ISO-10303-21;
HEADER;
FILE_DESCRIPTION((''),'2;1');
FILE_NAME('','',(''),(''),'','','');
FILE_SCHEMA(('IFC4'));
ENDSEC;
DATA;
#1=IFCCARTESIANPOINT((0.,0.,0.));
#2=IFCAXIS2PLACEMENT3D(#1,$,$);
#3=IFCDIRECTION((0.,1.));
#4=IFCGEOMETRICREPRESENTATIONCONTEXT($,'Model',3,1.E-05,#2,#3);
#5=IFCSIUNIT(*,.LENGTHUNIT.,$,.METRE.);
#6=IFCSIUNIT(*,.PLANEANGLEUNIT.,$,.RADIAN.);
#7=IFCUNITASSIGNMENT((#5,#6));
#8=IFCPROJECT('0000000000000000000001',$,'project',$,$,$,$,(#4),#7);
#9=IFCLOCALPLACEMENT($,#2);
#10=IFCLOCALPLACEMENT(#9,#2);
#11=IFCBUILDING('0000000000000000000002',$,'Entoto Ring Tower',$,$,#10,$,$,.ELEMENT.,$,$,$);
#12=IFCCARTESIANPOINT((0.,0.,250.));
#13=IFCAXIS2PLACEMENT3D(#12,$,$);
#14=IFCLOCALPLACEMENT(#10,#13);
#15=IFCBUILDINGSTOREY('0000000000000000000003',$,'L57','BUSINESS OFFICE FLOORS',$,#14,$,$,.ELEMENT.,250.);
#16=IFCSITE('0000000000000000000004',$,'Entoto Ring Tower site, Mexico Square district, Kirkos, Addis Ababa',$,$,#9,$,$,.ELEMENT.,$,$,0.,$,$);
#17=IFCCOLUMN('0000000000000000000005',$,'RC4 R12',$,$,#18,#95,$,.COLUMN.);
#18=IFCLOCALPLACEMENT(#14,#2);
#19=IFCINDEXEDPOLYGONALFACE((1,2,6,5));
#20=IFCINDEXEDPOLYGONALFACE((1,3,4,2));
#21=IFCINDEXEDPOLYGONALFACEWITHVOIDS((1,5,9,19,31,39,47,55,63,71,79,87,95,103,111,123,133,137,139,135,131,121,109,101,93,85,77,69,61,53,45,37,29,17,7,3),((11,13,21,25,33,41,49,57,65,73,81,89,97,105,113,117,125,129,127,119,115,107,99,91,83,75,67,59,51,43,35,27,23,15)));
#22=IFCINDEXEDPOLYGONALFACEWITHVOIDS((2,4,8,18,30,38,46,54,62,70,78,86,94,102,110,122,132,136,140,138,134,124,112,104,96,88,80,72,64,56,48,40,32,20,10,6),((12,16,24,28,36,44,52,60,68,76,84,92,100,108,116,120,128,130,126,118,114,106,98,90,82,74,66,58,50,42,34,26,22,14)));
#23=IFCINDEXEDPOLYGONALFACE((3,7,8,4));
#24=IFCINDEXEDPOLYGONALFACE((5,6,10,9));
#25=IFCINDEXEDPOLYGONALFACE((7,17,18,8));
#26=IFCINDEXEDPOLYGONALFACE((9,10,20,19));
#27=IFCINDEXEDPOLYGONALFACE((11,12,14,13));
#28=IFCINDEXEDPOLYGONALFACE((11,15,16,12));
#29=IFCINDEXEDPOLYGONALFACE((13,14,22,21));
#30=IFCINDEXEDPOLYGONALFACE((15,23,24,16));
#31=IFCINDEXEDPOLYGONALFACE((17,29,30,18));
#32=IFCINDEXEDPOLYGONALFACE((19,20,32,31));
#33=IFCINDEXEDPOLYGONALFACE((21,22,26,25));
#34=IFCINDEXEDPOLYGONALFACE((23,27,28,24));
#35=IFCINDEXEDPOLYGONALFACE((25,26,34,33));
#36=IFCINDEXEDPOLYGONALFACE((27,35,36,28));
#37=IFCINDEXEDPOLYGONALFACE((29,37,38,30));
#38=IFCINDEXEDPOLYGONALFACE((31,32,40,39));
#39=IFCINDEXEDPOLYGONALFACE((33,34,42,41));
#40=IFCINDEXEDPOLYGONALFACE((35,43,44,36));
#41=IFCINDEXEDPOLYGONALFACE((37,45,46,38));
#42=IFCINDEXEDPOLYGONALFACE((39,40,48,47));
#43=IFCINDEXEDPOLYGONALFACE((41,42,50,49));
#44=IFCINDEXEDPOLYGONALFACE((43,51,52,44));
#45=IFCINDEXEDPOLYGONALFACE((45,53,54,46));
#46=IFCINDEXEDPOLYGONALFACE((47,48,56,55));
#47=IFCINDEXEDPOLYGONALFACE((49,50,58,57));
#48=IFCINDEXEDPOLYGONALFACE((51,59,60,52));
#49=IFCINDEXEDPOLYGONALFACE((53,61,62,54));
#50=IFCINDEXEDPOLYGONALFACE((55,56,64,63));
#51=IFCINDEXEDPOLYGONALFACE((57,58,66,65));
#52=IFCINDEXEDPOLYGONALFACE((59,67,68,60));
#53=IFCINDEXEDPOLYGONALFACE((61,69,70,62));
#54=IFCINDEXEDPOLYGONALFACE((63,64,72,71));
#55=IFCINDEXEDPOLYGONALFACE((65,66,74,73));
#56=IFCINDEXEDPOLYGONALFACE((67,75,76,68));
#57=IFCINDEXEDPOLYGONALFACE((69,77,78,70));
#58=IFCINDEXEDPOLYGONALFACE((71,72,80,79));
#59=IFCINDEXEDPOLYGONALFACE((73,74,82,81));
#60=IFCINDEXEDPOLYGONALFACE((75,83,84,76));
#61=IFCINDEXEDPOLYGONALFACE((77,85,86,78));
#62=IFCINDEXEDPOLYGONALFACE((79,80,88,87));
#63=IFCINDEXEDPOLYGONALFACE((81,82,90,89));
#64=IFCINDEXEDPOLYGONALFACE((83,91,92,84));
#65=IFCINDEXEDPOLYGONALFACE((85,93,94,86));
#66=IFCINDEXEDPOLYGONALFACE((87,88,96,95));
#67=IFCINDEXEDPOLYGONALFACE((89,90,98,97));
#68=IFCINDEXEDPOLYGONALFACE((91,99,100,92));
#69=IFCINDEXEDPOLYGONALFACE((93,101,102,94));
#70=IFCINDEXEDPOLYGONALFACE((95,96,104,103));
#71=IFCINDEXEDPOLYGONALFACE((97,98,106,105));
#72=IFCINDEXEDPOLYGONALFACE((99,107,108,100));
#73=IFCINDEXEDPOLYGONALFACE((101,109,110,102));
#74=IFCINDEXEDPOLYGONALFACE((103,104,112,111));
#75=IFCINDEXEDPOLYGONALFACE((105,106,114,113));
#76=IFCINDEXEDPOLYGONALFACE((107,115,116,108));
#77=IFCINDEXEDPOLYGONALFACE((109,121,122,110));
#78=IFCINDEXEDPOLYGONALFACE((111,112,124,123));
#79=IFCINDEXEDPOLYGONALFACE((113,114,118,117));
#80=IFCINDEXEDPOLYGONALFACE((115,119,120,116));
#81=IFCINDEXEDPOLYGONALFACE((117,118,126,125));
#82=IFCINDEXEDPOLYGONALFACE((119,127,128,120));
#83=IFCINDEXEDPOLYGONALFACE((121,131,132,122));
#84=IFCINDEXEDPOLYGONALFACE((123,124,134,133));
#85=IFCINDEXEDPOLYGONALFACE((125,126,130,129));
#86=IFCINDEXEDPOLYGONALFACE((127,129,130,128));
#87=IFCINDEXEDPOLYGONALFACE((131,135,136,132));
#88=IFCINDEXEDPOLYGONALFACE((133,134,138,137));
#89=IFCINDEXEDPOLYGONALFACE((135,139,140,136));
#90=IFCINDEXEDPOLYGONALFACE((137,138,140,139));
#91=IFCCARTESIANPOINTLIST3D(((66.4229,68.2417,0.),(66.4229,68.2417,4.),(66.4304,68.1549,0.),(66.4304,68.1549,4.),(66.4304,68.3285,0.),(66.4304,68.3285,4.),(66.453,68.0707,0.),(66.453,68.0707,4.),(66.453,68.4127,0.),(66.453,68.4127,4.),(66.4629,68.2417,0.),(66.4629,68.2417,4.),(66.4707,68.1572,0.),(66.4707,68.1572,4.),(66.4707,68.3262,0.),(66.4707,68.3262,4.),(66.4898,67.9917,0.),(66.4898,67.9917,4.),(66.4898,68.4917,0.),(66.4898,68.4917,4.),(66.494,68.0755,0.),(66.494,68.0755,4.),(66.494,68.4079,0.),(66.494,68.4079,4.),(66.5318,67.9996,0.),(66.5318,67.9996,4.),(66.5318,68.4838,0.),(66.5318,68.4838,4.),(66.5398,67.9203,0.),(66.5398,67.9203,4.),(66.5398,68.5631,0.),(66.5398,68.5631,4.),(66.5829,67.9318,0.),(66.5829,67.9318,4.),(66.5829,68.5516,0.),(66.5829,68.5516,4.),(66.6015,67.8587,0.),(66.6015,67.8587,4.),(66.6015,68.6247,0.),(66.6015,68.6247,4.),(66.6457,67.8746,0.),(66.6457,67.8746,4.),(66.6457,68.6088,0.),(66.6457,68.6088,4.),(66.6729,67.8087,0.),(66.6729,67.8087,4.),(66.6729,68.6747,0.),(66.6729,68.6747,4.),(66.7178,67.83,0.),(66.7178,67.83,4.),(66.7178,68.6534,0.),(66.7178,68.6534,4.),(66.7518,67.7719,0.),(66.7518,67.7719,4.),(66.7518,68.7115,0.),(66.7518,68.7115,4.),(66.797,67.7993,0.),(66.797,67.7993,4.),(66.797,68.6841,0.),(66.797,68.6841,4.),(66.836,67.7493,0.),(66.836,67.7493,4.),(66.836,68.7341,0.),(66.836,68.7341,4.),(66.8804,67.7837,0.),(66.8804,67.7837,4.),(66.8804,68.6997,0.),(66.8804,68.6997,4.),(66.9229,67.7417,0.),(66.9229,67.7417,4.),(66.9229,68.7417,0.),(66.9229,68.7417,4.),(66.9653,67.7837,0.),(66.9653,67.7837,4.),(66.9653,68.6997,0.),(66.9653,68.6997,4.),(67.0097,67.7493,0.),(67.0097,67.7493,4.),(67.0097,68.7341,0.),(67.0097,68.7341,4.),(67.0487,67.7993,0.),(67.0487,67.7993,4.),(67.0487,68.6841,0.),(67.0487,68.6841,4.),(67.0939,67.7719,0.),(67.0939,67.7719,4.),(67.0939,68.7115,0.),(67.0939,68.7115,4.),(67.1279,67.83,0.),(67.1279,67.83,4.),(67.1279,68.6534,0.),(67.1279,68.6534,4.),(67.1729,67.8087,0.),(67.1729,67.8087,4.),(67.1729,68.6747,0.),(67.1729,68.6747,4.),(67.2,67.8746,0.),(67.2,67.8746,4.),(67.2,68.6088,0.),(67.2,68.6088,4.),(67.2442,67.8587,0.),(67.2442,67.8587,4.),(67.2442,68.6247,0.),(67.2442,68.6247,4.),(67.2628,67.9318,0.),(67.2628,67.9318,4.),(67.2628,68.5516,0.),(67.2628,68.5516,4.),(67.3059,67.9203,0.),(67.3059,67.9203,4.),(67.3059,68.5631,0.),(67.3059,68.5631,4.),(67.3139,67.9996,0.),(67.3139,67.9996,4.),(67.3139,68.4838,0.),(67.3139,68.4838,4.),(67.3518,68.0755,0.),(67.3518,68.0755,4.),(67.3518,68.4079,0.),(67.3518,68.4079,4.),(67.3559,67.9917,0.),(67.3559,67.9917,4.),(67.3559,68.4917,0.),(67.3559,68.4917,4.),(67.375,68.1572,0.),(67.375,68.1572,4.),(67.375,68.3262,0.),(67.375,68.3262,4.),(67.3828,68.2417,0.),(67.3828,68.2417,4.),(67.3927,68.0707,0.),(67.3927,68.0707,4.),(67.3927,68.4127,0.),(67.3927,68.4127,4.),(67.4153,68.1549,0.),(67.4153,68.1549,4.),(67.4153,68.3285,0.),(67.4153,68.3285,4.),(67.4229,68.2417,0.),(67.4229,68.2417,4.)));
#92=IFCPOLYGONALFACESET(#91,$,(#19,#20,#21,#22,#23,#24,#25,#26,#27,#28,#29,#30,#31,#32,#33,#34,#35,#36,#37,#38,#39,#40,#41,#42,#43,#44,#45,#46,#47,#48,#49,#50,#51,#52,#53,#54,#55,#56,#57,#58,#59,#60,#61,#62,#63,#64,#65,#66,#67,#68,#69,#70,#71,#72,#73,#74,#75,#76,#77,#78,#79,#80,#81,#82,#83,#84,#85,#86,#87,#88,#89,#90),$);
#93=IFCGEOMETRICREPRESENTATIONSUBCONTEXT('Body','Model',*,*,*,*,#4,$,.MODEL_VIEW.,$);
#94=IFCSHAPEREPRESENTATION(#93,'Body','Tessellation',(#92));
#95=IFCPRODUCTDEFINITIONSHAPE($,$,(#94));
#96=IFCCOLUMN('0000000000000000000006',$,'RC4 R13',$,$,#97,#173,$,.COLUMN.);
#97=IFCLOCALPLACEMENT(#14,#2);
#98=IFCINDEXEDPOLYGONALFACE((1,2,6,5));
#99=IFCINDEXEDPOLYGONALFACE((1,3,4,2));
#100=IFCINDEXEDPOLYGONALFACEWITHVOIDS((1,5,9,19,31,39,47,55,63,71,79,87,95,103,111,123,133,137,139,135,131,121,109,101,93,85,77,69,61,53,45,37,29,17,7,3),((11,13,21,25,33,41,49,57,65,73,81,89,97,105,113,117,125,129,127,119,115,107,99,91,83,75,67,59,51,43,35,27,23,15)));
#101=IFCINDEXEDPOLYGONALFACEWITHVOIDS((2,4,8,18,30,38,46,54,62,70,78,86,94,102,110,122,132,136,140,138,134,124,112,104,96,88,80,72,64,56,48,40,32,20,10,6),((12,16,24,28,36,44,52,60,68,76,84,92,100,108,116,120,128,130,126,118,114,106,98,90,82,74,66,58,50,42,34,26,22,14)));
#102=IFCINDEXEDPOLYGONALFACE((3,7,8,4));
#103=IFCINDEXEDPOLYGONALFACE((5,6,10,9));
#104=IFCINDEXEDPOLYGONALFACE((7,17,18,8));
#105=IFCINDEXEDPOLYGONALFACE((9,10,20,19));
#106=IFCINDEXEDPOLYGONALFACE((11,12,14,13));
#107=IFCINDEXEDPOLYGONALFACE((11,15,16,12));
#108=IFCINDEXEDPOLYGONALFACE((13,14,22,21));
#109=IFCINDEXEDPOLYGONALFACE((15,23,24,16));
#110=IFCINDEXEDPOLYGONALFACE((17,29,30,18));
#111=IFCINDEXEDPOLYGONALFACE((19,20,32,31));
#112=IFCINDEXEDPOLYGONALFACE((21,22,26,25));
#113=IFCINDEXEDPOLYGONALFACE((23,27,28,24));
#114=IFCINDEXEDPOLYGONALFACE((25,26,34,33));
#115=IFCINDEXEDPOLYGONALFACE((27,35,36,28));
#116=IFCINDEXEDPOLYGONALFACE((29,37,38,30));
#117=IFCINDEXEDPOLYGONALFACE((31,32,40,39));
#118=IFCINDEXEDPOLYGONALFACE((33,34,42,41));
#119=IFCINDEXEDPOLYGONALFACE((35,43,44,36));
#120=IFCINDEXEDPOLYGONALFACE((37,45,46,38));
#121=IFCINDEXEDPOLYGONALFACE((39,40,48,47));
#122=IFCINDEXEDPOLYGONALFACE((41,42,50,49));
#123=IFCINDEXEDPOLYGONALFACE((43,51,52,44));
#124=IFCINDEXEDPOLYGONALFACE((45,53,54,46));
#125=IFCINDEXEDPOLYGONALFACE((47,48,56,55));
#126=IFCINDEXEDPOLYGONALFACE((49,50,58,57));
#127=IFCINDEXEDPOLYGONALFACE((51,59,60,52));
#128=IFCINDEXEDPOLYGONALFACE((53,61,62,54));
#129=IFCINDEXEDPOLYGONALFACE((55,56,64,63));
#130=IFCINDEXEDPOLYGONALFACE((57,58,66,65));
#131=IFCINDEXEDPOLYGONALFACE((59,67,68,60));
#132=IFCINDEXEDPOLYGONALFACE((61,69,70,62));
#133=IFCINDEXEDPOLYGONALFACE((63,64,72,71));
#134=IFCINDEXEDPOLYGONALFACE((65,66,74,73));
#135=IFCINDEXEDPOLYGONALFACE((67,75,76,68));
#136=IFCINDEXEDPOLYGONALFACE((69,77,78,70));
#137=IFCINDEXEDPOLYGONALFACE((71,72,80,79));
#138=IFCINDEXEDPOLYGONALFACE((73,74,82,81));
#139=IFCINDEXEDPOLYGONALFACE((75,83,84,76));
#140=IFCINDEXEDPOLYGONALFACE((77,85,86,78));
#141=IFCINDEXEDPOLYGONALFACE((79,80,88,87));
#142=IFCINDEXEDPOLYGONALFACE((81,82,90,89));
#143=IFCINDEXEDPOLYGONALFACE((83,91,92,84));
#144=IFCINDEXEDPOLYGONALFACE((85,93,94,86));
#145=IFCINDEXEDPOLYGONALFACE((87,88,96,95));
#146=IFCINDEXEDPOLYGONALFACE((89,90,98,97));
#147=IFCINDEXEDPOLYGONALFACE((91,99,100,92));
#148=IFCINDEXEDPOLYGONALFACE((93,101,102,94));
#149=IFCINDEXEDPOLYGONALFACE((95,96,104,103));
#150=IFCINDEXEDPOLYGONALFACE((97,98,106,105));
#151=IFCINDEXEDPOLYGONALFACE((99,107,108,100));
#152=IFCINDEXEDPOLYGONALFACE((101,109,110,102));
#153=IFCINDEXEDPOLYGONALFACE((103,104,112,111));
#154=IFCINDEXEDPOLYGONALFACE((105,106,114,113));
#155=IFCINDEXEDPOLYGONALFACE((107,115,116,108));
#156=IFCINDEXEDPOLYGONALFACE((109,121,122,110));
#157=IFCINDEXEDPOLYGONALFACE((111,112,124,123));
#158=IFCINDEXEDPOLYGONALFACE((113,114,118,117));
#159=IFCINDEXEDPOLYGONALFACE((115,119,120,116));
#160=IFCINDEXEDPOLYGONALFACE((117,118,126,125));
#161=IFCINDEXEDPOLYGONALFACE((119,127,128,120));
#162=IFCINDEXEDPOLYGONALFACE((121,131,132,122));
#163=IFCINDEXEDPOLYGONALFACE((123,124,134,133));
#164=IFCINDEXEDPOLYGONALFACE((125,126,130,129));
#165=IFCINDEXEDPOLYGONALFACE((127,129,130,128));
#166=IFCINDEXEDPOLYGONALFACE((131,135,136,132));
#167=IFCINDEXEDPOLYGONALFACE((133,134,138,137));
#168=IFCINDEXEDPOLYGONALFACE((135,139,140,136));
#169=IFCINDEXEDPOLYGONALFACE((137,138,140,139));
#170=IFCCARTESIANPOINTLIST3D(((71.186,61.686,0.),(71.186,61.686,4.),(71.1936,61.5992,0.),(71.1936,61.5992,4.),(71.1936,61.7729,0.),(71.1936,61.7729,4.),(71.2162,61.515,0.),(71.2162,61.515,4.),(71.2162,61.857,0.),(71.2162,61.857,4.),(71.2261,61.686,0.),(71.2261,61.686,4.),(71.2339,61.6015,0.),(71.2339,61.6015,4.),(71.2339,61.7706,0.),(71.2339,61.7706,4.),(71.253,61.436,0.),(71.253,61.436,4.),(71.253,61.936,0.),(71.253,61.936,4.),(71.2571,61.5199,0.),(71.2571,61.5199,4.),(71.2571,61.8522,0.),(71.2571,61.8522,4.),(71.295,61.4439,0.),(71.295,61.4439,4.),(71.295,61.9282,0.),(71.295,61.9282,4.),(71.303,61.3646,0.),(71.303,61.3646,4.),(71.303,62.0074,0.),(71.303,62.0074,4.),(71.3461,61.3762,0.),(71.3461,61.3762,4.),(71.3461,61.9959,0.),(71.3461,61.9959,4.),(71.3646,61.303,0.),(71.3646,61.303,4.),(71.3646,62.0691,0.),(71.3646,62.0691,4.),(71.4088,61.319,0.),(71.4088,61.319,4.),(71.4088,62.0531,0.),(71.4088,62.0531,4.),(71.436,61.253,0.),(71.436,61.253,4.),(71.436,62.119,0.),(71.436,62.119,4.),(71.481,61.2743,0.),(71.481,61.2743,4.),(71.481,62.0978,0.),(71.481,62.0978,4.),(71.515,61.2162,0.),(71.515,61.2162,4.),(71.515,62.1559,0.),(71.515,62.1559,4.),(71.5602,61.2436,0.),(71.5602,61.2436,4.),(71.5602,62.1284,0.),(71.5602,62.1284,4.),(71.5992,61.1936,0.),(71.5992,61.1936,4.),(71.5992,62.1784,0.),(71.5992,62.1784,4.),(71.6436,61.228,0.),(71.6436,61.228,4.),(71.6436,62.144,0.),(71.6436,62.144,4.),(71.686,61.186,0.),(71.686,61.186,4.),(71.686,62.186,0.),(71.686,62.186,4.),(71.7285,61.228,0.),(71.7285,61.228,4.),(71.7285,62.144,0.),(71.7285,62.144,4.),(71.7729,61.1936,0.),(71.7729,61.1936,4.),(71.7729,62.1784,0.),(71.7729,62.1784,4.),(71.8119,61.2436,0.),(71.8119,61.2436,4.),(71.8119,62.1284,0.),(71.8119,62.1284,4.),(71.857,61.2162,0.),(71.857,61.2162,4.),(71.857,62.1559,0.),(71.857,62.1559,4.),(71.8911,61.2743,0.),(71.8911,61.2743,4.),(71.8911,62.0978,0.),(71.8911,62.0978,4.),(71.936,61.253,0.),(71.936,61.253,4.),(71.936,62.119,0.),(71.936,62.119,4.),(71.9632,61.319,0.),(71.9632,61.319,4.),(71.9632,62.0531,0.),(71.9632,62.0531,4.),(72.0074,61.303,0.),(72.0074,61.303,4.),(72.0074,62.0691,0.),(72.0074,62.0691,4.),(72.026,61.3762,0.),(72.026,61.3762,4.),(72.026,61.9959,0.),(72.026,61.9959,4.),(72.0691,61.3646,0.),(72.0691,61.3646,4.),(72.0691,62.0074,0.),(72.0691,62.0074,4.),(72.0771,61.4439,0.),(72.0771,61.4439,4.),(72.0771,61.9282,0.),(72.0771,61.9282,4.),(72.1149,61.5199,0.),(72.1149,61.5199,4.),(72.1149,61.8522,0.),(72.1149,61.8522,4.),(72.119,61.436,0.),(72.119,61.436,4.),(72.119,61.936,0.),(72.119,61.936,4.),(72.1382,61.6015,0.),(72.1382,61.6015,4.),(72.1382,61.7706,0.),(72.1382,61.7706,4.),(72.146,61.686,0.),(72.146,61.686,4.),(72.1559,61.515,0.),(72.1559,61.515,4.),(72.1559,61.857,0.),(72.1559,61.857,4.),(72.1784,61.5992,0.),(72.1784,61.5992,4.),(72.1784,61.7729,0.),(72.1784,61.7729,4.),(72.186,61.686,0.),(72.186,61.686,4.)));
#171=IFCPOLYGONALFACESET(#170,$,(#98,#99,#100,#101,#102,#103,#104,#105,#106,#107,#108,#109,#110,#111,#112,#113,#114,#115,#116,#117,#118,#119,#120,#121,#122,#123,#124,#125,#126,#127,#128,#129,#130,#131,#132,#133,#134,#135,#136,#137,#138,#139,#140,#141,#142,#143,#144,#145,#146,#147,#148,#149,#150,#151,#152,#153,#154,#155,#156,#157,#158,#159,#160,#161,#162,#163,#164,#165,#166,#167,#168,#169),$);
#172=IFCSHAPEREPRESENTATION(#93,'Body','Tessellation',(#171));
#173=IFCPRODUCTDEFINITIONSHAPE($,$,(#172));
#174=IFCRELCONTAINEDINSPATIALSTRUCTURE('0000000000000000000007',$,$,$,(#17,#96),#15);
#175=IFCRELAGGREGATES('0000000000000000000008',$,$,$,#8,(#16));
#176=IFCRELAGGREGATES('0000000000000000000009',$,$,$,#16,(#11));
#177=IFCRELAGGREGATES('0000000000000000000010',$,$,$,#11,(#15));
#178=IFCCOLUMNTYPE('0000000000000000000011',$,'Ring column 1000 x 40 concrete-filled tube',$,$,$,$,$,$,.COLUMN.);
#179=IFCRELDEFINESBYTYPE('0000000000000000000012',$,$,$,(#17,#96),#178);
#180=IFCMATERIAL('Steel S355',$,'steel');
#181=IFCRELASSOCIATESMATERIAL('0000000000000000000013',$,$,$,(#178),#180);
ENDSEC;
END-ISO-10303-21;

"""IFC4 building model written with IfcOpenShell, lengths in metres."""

from ifc_helpers import new_model, si_unit, direction, frame, origin, origin_2d, place, context, subcontext, project, spatial, circle, hollow_circle, extrude, material, material_profile, profile_set, type_object, element, save


model = new_model("IFC4")

# Units and contexts
model_context = context("Model", 3, precision=1e-05, world=origin(), true_north=direction((0.0, 1.0)))
body_context = subcontext(model_context, "Body", "Model", "MODEL_VIEW")
ifc_project = project(units=[si_unit("LENGTHUNIT", "METRE"), si_unit("PLANEANGLEUNIT", "RADIAN")], contexts=[model_context])

# Site, building, storey
site_placement = place(None, origin())
site = spatial("IfcSite", under=ifc_project, at=site_placement, Name="Entoto Ring Tower site, Mexico Square district, Kirkos, Addis Ababa", CompositionType="ELEMENT", RefElevation=0.0)
building_placement = place(site_placement, origin())
building = spatial("IfcBuilding", under=site, at=building_placement, Name="Entoto Ring Tower", CompositionType="ELEMENT")
storey_placement = place(building_placement, frame((0.0, 0.0, 250.0)))
storey = spatial("IfcBuildingStorey", under=building, at=storey_placement, Name="L57", Description="BUSINESS OFFICE FLOORS", CompositionType="ELEMENT", Elevation=250.0)

# Columns
ifc_material_1 = material(Name="Steel S355", Category="steel")
ifc_material_profile_1 = material_profile(ifc_material_1, hollow_circle(Radius=0.5, WallThickness=0.04, at=origin_2d()), Name="CHS 1000 x 40")
ifc_material_2 = material(Name="Concrete C60/75", Category="concrete")
ifc_material_profile_2 = material_profile(ifc_material_2, circle(Radius=0.46, at=origin_2d()), Name="Concrete C60/75 infill")
ifc_profile_set_1 = profile_set([ifc_material_profile_1, ifc_material_profile_2], Name="Steel S355")
column_type = type_object("IfcColumnType", Name="Ring column 1000 x 40 concrete-filled tube", PredefinedType="COLUMN", material=ifc_profile_set_1)
for number, where, z_axis, x_axis, name in (
    (1, (66.9229, 68.2417, 0.0), (0.0, 0.0, 1.0), (1.0, 0.0, 0.0), "RC4 R12"),
    (2, (71.686, 61.686, 0.0), (0.0, 0.0, 1.0), (1.0, 0.0, 0.0), "RC4 R13"),
):
    element("IfcColumn", number, at=place(storey_placement, frame(where, z_axis=z_axis, x_axis=x_axis)), inside=storey, type_object=column_type, Name=name, PredefinedType="COLUMN", context=body_context, shape_type="SweptSolid", body=[
        extrude(hollow_circle(Radius=0.5, WallThickness=0.04, at=origin_2d()), origin(), (0.0, 0.0, 1.0), 4.0),
    ])

save(model, "model.ifc")
